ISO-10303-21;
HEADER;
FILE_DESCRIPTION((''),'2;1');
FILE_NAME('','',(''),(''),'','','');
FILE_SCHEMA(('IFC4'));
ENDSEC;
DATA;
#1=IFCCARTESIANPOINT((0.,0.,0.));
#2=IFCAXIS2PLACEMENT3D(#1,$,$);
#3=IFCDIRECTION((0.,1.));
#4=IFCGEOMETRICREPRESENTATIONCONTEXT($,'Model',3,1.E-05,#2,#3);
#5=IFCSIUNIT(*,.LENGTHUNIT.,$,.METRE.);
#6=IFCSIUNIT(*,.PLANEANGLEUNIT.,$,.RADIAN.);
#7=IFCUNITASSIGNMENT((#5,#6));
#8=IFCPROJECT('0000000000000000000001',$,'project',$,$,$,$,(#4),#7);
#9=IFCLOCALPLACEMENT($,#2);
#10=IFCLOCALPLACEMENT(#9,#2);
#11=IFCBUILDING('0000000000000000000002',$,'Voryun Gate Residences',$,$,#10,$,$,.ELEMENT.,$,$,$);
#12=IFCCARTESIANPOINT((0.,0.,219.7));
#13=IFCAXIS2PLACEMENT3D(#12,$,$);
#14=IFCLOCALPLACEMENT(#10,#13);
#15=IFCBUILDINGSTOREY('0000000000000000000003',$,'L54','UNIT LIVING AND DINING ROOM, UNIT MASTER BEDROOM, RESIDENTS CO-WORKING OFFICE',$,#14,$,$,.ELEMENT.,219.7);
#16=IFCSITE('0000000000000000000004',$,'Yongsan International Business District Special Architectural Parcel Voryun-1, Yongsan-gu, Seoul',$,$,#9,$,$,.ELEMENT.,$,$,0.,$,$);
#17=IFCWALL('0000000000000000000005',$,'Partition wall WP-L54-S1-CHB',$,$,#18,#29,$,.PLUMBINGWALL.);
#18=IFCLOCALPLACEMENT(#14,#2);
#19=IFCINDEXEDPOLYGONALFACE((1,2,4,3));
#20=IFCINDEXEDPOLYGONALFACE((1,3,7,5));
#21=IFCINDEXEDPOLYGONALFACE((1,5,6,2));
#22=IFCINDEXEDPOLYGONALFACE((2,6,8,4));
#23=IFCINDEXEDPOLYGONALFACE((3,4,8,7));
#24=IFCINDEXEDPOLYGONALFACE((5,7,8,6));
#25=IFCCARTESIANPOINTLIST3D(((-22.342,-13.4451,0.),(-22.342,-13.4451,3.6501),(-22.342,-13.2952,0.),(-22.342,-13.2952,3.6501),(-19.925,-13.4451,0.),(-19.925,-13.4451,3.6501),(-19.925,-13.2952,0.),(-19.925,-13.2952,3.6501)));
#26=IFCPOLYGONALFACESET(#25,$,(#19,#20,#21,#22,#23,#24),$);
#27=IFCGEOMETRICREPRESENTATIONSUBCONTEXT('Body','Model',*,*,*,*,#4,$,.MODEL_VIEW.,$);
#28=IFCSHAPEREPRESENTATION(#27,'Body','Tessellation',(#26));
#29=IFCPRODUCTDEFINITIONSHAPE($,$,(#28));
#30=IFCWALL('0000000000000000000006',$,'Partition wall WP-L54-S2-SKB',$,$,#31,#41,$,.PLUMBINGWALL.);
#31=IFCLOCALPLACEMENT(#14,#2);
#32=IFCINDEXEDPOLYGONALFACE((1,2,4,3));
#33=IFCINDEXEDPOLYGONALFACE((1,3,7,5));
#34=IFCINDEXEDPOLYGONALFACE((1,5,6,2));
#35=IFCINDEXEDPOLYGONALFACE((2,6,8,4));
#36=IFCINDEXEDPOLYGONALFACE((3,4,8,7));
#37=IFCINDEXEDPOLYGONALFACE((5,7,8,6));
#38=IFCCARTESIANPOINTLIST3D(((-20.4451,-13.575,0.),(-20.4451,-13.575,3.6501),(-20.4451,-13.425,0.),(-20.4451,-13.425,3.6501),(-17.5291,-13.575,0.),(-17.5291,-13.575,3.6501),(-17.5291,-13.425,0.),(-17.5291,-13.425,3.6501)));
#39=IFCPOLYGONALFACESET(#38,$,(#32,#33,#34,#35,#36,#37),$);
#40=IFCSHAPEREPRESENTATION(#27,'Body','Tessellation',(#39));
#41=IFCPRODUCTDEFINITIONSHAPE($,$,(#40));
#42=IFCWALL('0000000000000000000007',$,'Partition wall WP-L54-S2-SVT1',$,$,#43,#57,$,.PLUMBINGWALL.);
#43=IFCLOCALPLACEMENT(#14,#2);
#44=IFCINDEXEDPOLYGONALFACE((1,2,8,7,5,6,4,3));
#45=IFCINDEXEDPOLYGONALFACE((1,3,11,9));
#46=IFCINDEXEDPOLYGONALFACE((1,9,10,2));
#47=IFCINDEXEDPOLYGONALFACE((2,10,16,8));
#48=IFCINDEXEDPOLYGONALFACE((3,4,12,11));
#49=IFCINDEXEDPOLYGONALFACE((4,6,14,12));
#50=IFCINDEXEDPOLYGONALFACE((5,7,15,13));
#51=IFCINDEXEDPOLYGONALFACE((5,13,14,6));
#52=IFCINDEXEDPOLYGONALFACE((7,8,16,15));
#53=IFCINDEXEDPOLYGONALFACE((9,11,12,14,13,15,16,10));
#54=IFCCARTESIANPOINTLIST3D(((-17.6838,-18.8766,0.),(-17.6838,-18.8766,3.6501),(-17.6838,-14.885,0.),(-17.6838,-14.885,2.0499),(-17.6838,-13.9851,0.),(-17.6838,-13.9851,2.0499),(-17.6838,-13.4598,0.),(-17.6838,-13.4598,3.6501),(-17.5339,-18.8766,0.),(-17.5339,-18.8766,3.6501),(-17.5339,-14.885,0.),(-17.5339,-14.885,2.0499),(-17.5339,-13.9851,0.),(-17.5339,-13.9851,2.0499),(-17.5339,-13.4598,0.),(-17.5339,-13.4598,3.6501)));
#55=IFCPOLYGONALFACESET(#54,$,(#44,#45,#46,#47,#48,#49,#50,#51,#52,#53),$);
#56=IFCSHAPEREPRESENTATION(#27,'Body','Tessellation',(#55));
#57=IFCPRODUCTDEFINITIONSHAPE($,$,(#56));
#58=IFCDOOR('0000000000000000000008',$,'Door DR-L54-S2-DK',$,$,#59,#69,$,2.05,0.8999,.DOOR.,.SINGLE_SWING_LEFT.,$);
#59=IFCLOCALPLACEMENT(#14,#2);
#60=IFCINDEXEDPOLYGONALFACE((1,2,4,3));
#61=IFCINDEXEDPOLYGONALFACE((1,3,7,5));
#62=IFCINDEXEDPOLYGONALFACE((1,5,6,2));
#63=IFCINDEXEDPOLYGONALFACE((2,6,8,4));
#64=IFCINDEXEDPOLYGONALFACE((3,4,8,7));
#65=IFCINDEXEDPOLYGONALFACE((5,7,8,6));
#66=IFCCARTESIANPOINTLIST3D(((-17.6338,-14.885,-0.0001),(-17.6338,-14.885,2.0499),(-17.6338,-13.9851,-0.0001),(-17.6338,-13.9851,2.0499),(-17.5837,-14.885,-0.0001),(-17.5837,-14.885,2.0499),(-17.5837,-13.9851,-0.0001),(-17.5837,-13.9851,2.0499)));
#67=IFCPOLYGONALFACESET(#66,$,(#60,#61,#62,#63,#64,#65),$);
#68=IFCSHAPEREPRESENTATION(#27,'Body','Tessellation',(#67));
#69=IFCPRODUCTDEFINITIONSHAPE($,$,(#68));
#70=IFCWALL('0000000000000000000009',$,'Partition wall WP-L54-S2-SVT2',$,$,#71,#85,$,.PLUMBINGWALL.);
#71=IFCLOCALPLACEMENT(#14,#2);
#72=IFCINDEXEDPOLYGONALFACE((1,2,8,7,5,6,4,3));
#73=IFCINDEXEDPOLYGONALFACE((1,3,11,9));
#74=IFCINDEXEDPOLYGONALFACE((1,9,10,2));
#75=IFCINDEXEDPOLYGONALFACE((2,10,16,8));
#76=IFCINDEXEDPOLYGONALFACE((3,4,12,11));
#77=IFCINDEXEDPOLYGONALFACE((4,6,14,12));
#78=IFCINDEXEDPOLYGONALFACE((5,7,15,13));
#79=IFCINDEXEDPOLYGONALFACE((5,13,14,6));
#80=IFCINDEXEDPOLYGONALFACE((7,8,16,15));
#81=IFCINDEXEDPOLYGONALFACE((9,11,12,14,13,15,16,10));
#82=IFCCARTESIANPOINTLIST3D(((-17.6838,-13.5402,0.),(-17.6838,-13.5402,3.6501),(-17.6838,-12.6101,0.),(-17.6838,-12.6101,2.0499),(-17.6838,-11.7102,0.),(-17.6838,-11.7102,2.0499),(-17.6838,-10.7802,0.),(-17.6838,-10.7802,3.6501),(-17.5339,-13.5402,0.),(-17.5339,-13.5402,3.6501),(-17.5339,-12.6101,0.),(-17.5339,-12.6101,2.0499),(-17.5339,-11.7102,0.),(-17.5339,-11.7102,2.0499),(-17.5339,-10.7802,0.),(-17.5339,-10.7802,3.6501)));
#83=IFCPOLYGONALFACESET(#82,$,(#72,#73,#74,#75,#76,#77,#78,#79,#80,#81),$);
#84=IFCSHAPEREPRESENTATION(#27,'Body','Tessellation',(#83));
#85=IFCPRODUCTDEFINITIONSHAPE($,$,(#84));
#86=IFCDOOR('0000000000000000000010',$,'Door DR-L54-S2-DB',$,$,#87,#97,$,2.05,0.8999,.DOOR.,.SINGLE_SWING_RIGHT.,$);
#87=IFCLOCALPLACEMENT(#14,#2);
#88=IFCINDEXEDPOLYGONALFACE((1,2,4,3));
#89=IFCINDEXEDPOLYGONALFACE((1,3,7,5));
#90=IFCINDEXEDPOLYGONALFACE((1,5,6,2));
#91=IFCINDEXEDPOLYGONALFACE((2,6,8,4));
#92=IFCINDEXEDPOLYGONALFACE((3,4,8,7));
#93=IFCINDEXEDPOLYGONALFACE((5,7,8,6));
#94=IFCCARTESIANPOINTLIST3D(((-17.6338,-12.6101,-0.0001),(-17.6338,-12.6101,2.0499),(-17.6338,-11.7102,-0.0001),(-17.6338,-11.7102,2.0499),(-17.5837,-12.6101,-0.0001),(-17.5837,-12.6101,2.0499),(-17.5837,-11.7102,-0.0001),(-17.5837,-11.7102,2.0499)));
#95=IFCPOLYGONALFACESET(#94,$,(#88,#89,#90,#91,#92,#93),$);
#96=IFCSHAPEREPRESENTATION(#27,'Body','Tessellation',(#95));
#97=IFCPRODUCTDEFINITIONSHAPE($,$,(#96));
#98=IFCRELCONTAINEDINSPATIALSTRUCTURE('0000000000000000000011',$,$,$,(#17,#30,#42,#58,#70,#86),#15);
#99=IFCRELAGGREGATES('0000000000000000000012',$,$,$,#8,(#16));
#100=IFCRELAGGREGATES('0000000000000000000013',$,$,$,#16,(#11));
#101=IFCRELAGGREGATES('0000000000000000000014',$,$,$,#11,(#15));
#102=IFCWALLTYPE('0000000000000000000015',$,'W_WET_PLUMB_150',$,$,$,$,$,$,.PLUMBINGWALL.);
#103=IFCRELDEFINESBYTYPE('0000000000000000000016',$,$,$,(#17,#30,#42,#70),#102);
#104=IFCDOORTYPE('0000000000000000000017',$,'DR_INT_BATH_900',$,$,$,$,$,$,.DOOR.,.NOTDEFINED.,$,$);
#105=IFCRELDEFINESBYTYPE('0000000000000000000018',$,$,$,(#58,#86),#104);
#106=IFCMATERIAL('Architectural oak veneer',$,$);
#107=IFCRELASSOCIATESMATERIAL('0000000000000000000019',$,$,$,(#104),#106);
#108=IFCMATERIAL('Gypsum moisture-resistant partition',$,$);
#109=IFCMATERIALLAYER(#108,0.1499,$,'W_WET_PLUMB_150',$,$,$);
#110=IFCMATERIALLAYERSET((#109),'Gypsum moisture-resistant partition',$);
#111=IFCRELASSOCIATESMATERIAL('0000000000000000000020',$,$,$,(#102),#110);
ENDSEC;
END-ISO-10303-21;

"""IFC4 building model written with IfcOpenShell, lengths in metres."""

from ifc_helpers import new_model, si_unit, direction, frame, frame_2d, origin, place, context, subcontext, project, spatial, rectangle, extrude, material, layer, layer_set, type_object, element, fill, save


model = new_model("IFC4")

# Units and contexts
model_context = context("Model", 3, precision=1e-05, world=origin(), true_north=direction((0.0, 1.0)))
body_context = subcontext(model_context, "Body", "Model", "MODEL_VIEW")
ifc_project = project(units=[si_unit("LENGTHUNIT", "METRE"), si_unit("PLANEANGLEUNIT", "RADIAN")], contexts=[model_context])

# Site, building, storey
site_placement = place(None, origin())
site = spatial("IfcSite", under=ifc_project, at=site_placement, Name="Yongsan International Business District Special Architectural Parcel Voryun-1, Yongsan-gu, Seoul", CompositionType="ELEMENT", RefElevation=0.0)
building_placement = place(site_placement, origin())
building = spatial("IfcBuilding", under=site, at=building_placement, Name="Voryun Gate Residences", CompositionType="ELEMENT")
storey_placement = place(building_placement, frame((0.0, 0.0, 219.7)))
storey = spatial("IfcBuildingStorey", under=building, at=storey_placement, Name="L54", Description="UNIT LIVING AND DINING ROOM, UNIT MASTER BEDROOM, RESIDENTS CO-WORKING OFFICE", CompositionType="ELEMENT", Elevation=219.7)

# Shared definitions
ifc_material_1 = material(Name="Architectural oak veneer")
door_type_1 = type_object("IfcDoorType", Name="DR_INT_BATH_900", OperationType="NOTDEFINED", PredefinedType="DOOR", material=ifc_material_1)

# Shared definitions
ifc_material_2 = material(Name="Gypsum moisture-resistant partition")
ifc_layer_1 = layer(ifc_material_2, 0.1499, Name="W_WET_PLUMB_150")
ifc_layer_set_1 = layer_set([ifc_layer_1], Name="Gypsum moisture-resistant partition")
wall_type_1 = type_object("IfcWallType", Name="W_WET_PLUMB_150", PredefinedType="PLUMBINGWALL", material=ifc_layer_set_1)

# Walls
wall_1_placement = place(storey_placement, frame((-22.342, -13.3701, 0.0), z_axis=(0.0, 0.0, 1.0), x_axis=(1.0, 0.0, 0.0)))
element("IfcWall", 1, at=wall_1_placement, inside=storey, type_object=wall_type_1, Name="Partition wall WP-L54-S1-CHB", PredefinedType="PLUMBINGWALL", context=body_context, shape_type="SweptSolid", body=[
    extrude(rectangle(XDim=2.417, YDim=0.1499, at=frame_2d((1.2085, 0.0))), origin(), (0.0, 0.0, 1.0), 3.6501),
])
wall_2_placement = place(storey_placement, frame((-20.4451, -13.5, 0.0), z_axis=(0.0, 0.0, 1.0), x_axis=(1.0, 0.0, 0.0)))
element("IfcWall", 2, at=wall_2_placement, inside=storey, type_object=wall_type_1, Name="Partition wall WP-L54-S2-SKB", PredefinedType="PLUMBINGWALL", context=body_context, shape_type="SweptSolid", body=[
    extrude(rectangle(XDim=2.916, YDim=0.1499, at=frame_2d((1.458, 0.0))), origin(), (0.0, 0.0, 1.0), 3.6501),
])

# Walls, openings, doors
wall_3_placement = place(storey_placement, frame((-17.6089, -18.8767, 0.0), z_axis=(0.0, 0.0, 1.0), x_axis=(0.0, 1.0, 0.0)))
wall_3 = element("IfcWall", 3, at=wall_3_placement, inside=storey, type_object=wall_type_1, Name="Partition wall WP-L54-S2-SVT1", PredefinedType="PLUMBINGWALL", context=body_context, shape_type="SweptSolid", body=[
    extrude(rectangle(XDim=5.4167, YDim=0.1499, at=frame_2d((2.7085, 0.0))), origin(), (0.0, 0.0, 1.0), 3.6501),
])
opening_1_placement = place(wall_3_placement, frame((3.9917, 0.0, 0.0)))
opening_1 = element("IfcOpeningElement", 4, at=opening_1_placement, cuts=wall_3, PredefinedType="OPENING", context=body_context, shape_type="SweptSolid", body=[
    extrude(rectangle(XDim=0.8999, YDim=2.05, at=frame_2d((0.45, 1.0249))), frame((0.0, 0.085, 0.0), z_axis=(0.0, -1.0, 0.0), x_axis=(1.0, 0.0, 0.0)), (0.0, 0.0, 1.0), 0.1699),
])
door_1_placement = place(opening_1_placement, origin())
door_1 = element("IfcDoor", 5, at=door_1_placement, inside=storey, type_object=door_type_1, Name="Door DR-L54-S2-DK", OperationType="SINGLE_SWING_LEFT", OverallHeight=2.05, OverallWidth=0.8999, PredefinedType="DOOR", context=body_context, shape_type="SweptSolid", body=[
    extrude(rectangle(XDim=0.8999, YDim=2.05, at=frame_2d((0.45, 1.0249))), frame((0.0, 0.0249, 0.0), z_axis=(0.0, -1.0, 0.0), x_axis=(1.0, 0.0, 0.0)), (0.0, 0.0, 1.0), 0.05),
])
fill(opening_1, door_1)
wall_4_placement = place(storey_placement, frame((-17.6089, -13.54, 0.0), z_axis=(0.0, 0.0, 1.0), x_axis=(0.0, 1.0, 0.0)))
wall_4 = element("IfcWall", 6, at=wall_4_placement, inside=storey, type_object=wall_type_1, Name="Partition wall WP-L54-S2-SVT2", PredefinedType="PLUMBINGWALL", context=body_context, shape_type="SweptSolid", body=[
    extrude(rectangle(XDim=2.76, YDim=0.1499, at=frame_2d((1.3799, 0.0))), origin(), (0.0, 0.0, 1.0), 3.6501),
])
opening_2_placement = place(wall_4_placement, frame((0.9299, 0.0, 0.0)))
opening_2 = element("IfcOpeningElement", 7, at=opening_2_placement, cuts=wall_4, PredefinedType="OPENING", context=body_context, shape_type="SweptSolid", body=[
    extrude(rectangle(XDim=0.8999, YDim=2.05, at=frame_2d((0.45, 1.0249))), frame((0.0, 0.085, 0.0), z_axis=(0.0, -1.0, 0.0), x_axis=(1.0, 0.0, 0.0)), (0.0, 0.0, 1.0), 0.1699),
])
door_2_placement = place(opening_2_placement, origin())
door_2 = element("IfcDoor", 8, at=door_2_placement, inside=storey, type_object=door_type_1, Name="Door DR-L54-S2-DB", OperationType="SINGLE_SWING_RIGHT", OverallHeight=2.05, OverallWidth=0.8999, PredefinedType="DOOR", context=body_context, shape_type="SweptSolid", body=[
    extrude(rectangle(XDim=0.8999, YDim=2.05, at=frame_2d((0.45, 1.0249))), frame((0.0, 0.0249, 0.0), z_axis=(0.0, -1.0, 0.0), x_axis=(1.0, 0.0, 0.0)), (0.0, 0.0, 1.0), 0.05),
])
fill(opening_2, door_2)

save(model, "model.ifc")
